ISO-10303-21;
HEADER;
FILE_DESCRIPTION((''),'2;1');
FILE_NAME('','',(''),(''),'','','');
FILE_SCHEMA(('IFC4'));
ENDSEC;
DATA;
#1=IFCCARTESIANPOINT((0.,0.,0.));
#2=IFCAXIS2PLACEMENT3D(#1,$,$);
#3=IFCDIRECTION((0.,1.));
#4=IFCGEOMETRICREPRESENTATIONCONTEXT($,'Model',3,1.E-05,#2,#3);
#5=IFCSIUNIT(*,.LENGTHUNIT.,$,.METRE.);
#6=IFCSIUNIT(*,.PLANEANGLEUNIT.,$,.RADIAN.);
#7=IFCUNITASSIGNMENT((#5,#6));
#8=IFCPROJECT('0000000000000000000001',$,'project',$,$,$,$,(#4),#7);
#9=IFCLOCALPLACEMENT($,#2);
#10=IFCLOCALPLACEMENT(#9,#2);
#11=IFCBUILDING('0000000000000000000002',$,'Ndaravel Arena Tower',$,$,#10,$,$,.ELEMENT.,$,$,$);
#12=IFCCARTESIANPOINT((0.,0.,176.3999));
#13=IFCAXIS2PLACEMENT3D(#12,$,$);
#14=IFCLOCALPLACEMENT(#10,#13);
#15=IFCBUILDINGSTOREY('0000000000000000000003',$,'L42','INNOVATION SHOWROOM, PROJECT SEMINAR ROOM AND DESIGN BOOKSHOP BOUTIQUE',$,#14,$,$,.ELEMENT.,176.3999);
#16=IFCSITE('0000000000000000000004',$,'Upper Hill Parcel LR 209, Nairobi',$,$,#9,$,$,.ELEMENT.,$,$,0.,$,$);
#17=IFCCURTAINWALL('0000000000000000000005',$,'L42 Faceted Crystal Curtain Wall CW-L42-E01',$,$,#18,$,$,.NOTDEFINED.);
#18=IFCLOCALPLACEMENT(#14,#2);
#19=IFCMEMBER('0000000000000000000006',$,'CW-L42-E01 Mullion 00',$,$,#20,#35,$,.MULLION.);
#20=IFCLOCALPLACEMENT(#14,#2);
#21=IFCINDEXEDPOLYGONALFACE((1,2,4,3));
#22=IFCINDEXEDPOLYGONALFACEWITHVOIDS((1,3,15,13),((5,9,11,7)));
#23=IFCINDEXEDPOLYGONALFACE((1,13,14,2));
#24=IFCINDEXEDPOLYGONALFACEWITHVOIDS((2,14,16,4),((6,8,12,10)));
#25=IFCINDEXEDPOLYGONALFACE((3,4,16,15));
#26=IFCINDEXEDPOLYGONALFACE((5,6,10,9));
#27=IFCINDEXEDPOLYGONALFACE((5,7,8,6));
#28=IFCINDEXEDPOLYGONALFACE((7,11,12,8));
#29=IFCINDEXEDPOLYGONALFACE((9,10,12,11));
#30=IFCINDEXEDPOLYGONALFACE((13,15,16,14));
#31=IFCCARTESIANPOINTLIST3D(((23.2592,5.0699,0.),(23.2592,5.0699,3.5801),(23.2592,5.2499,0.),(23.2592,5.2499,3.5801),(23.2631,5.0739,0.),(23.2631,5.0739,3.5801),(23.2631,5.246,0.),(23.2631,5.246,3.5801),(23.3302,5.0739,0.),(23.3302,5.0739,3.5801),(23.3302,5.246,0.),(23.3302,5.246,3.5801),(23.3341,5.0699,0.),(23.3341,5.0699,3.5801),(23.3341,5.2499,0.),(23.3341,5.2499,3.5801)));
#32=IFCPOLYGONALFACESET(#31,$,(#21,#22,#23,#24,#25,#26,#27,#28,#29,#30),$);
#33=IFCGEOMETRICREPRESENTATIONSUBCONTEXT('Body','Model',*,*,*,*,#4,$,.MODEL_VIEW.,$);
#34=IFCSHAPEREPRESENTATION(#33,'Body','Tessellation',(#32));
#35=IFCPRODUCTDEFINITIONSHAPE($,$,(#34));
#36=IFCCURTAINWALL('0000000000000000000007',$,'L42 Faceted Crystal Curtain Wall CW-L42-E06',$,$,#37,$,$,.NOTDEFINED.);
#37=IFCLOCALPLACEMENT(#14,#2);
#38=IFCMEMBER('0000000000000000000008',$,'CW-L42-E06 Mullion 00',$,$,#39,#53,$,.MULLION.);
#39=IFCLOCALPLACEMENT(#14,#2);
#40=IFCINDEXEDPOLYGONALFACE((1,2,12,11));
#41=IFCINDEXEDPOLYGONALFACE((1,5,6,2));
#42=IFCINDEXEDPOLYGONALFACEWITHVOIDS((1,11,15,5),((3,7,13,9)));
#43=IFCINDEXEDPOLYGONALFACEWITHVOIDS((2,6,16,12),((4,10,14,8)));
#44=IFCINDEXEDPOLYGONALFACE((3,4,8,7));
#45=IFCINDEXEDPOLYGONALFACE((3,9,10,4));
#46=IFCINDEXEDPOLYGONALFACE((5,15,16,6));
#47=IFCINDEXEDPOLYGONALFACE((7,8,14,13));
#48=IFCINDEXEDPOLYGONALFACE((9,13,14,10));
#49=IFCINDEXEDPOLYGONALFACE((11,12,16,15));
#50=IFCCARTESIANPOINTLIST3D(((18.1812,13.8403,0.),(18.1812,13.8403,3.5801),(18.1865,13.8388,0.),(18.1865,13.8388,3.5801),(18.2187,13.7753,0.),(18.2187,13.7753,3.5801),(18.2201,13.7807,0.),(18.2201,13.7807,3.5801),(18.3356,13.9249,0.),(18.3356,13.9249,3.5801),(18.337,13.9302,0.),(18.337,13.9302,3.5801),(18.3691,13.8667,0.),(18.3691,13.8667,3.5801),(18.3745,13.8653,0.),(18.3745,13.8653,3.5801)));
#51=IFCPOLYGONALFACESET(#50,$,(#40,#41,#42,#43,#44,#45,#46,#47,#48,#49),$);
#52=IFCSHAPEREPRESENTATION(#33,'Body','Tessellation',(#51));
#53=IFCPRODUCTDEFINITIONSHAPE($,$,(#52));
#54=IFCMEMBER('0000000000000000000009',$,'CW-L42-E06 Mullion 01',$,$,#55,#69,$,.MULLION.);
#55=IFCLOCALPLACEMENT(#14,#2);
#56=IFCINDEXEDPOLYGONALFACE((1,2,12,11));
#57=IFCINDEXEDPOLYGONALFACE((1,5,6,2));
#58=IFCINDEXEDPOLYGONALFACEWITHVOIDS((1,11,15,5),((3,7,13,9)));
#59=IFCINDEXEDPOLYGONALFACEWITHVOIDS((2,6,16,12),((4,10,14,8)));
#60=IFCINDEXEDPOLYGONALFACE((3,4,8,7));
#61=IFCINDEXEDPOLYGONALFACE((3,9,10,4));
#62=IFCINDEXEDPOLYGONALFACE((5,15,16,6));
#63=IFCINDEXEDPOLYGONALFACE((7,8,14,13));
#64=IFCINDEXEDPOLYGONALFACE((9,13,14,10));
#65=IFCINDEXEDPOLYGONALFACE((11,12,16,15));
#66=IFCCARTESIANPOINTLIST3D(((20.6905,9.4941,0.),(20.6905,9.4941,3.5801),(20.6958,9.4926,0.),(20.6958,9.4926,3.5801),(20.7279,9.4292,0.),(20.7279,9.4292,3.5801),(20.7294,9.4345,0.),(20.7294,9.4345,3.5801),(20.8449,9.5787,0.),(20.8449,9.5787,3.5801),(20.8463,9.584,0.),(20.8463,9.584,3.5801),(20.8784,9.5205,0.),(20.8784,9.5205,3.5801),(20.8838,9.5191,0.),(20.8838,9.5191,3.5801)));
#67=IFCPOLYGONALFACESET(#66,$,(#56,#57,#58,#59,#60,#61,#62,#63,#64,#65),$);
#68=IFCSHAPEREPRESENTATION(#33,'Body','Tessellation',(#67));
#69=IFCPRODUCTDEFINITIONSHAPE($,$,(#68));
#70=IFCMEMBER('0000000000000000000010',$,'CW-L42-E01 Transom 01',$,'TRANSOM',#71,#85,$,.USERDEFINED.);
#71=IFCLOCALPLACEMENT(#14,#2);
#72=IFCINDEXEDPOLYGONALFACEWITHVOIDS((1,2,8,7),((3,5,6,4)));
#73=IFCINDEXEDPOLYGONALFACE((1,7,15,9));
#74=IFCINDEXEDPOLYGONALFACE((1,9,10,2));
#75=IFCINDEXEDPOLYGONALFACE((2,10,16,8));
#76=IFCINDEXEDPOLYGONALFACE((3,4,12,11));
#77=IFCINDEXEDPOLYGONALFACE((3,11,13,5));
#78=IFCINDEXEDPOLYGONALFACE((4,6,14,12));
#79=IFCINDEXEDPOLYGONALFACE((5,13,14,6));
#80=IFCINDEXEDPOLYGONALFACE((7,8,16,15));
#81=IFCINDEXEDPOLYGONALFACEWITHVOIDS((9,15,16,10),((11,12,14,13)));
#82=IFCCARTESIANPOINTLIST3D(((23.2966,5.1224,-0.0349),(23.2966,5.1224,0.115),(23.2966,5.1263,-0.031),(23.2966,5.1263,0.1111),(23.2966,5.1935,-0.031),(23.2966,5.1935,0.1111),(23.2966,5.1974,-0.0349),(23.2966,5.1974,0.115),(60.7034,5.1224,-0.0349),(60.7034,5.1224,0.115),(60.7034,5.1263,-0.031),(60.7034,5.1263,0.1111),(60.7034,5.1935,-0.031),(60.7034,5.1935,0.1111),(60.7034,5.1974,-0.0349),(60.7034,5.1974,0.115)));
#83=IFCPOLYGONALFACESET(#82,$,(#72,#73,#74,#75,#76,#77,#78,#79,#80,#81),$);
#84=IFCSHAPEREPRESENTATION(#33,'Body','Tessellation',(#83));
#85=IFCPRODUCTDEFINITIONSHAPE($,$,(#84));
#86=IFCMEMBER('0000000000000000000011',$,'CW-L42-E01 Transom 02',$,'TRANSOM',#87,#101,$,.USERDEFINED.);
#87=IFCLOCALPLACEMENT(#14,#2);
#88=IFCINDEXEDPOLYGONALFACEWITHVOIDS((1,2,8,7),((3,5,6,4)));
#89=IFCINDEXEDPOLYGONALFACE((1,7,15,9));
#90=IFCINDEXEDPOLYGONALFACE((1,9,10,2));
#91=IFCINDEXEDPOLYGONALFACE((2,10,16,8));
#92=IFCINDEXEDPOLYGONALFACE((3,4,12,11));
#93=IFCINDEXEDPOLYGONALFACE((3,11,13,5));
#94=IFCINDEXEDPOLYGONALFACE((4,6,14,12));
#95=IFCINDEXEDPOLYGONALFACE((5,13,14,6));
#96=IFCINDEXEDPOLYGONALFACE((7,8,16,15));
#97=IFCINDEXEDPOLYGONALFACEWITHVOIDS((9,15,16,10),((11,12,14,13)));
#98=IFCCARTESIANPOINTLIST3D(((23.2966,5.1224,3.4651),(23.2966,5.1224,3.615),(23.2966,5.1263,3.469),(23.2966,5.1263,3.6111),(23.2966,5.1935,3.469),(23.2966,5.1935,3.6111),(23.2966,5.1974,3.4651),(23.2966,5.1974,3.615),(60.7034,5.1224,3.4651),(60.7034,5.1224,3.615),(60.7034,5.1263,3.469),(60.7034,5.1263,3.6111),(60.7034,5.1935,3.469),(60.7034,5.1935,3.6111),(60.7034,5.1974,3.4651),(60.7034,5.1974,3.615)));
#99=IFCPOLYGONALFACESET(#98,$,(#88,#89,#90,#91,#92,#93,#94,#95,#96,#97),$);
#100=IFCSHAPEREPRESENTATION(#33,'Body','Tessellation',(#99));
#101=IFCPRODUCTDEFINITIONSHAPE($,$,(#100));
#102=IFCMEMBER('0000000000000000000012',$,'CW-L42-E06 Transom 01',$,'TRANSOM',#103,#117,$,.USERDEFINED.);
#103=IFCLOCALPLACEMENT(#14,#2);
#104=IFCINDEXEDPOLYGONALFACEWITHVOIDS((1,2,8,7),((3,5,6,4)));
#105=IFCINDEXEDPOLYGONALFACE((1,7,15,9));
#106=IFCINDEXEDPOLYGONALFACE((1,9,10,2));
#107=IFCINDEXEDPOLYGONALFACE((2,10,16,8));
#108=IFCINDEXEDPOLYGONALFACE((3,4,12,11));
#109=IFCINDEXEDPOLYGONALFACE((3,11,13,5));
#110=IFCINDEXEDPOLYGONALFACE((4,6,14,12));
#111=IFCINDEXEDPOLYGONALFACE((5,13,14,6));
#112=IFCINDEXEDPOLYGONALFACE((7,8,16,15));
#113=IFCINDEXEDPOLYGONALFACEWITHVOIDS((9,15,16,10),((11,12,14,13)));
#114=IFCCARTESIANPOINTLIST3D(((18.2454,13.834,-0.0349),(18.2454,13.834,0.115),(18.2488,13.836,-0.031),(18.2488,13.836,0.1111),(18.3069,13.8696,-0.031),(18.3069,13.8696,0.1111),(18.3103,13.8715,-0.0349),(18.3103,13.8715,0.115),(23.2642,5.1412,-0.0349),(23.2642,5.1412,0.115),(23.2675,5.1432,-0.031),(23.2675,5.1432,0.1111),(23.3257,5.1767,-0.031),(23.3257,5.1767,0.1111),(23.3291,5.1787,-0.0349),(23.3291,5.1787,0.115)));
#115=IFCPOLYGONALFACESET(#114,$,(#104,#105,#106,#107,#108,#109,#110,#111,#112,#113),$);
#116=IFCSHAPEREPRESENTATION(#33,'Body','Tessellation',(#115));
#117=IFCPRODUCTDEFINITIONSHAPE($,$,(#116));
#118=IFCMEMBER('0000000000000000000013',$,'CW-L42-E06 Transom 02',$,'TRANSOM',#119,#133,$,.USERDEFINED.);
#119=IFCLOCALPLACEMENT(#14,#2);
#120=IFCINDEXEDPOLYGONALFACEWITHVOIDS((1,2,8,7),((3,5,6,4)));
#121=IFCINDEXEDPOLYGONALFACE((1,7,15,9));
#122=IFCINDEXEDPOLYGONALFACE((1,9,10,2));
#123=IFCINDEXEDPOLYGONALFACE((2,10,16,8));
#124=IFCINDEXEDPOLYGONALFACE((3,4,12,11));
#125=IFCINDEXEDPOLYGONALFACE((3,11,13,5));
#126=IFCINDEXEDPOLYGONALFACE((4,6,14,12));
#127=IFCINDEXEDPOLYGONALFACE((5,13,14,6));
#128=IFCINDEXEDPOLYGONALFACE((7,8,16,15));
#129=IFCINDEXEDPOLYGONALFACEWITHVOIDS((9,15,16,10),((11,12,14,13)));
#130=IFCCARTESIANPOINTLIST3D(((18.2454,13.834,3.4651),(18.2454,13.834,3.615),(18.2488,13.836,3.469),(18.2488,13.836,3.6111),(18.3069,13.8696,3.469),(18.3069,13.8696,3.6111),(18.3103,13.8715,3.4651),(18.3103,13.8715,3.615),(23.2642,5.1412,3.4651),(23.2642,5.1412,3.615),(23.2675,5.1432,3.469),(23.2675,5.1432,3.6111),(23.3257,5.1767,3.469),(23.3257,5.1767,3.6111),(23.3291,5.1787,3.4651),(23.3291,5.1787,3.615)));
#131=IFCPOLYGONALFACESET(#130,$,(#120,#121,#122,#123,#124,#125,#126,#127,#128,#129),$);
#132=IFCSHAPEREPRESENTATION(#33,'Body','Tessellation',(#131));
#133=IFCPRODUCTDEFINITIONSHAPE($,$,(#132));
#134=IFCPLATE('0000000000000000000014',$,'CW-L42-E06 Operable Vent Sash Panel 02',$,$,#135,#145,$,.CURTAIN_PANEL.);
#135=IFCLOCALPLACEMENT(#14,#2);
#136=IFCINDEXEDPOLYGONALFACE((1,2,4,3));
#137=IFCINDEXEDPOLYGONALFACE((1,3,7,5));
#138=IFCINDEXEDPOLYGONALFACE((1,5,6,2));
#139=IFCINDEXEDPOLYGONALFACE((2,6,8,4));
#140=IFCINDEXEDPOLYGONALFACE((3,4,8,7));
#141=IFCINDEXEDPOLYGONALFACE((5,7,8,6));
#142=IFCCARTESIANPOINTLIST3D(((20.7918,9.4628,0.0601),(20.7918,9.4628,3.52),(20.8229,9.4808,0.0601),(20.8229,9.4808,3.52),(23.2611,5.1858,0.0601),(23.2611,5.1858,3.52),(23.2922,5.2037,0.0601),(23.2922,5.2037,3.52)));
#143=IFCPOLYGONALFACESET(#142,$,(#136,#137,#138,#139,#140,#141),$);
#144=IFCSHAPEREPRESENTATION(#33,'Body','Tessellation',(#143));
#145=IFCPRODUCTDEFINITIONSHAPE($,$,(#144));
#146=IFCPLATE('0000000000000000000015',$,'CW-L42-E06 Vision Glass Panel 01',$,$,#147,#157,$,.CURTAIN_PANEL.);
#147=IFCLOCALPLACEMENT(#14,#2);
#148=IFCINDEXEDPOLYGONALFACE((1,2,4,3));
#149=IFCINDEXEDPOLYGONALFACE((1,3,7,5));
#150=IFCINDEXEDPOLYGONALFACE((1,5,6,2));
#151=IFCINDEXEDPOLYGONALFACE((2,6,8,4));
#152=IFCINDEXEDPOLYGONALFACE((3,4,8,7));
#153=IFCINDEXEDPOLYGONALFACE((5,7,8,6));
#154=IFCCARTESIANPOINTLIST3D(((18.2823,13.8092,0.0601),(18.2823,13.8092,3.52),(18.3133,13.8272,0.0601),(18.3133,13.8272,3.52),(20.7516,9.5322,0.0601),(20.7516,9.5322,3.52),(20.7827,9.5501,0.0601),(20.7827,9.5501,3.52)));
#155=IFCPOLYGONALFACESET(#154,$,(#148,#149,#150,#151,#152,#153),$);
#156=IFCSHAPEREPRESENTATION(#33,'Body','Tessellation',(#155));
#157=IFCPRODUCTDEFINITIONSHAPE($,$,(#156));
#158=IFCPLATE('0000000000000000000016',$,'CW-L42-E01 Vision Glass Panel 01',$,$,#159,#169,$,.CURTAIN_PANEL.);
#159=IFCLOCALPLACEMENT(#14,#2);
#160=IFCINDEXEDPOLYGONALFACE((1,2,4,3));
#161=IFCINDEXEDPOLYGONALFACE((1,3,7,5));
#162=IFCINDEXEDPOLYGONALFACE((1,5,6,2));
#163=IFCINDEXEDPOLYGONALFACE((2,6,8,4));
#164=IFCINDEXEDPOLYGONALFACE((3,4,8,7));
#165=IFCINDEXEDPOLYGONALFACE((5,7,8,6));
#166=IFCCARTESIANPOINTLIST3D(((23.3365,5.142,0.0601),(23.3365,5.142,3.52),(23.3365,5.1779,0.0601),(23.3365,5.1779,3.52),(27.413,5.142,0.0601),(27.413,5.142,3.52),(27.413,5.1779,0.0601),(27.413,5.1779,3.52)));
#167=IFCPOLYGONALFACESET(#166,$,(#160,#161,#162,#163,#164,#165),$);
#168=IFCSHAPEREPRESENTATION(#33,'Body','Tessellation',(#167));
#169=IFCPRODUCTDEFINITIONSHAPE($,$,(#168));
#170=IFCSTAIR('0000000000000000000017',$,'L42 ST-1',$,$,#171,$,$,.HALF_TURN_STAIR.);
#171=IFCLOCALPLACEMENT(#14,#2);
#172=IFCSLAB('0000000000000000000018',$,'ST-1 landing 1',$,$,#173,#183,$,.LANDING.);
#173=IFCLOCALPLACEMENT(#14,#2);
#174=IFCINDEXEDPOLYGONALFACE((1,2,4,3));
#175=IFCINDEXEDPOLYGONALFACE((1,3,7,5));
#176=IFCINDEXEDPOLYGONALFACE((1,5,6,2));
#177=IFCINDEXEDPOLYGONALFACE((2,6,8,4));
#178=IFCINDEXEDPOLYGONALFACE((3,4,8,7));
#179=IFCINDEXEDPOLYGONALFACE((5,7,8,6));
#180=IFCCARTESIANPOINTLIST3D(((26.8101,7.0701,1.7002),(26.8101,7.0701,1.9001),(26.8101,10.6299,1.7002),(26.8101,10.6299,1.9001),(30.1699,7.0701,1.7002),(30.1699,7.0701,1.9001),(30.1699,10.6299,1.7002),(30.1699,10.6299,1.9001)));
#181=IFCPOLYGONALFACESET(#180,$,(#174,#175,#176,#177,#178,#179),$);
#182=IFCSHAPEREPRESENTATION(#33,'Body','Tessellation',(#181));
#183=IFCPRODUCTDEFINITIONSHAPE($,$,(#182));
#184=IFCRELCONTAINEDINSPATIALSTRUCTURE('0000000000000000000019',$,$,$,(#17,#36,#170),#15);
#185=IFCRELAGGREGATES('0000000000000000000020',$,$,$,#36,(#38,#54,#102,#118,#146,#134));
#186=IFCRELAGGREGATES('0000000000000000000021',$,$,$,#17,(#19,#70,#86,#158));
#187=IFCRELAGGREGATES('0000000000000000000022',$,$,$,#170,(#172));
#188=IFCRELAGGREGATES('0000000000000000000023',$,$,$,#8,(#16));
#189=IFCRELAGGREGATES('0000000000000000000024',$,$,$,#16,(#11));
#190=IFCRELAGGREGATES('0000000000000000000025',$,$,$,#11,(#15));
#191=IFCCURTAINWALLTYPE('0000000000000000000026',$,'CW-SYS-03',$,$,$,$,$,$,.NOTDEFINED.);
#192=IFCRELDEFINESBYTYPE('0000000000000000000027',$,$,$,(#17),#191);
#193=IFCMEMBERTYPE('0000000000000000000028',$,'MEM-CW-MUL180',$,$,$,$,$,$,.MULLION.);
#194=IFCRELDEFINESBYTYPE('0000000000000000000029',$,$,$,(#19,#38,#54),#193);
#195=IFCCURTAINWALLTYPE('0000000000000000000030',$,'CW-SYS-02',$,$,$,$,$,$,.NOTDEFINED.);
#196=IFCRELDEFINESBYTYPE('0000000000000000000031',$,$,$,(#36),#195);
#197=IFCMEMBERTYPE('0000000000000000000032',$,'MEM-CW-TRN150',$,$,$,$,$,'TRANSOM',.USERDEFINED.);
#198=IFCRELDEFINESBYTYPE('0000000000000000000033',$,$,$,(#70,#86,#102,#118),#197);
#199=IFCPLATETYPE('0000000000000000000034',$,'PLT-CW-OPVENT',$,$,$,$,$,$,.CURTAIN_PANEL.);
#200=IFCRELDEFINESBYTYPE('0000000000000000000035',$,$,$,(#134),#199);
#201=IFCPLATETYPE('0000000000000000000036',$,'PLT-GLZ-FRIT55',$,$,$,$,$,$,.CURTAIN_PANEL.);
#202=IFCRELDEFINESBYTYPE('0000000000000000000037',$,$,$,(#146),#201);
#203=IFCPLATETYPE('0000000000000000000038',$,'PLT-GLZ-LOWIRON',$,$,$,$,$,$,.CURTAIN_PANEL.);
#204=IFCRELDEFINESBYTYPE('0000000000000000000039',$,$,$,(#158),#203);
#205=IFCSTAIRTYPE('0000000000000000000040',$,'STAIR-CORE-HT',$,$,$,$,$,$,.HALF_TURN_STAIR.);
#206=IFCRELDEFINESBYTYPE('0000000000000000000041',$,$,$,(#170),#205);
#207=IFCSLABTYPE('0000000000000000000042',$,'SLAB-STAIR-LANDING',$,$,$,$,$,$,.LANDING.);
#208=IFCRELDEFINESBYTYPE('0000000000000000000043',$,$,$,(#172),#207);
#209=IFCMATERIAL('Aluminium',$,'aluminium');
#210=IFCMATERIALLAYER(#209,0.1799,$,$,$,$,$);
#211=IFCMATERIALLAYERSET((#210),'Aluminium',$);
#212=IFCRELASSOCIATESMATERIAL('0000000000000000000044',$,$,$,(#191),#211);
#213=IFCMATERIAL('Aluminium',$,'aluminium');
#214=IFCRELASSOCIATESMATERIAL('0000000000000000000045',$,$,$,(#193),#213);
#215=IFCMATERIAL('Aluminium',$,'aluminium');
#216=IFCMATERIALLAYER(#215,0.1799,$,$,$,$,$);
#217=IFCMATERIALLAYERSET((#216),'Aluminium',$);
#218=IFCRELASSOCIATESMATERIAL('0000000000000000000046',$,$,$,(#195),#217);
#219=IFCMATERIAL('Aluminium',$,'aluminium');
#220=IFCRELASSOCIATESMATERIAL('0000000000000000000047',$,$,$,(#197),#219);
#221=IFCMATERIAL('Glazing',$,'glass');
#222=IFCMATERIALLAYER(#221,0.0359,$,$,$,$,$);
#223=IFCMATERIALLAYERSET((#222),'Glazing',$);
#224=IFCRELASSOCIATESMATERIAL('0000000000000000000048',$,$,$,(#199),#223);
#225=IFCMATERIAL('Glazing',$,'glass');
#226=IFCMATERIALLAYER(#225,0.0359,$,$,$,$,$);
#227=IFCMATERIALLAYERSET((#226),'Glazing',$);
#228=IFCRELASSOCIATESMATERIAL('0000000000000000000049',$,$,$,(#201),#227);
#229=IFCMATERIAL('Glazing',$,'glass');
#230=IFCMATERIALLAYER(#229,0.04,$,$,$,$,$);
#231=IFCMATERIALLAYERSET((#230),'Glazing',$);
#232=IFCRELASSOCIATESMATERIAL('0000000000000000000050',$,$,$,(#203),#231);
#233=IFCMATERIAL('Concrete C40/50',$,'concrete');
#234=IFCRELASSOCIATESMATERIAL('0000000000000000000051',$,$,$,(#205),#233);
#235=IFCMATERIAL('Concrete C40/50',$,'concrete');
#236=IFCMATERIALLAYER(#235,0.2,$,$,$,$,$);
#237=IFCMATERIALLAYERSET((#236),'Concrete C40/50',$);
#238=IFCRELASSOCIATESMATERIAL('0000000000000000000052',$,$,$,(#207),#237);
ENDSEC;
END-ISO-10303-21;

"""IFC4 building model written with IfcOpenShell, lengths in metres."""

from ifc_helpers import new_model, si_unit, direction, frame, origin, origin_2d, place, context, subcontext, project, spatial, polyline, rectangle, hollow_rectangle, outline, extrude, material, layer, layer_set, material_profile, profile_set, type_object, element, aggregate, save


model = new_model("IFC4")

# Units and contexts
model_context = context("Model", 3, precision=1e-05, world=origin(), true_north=direction((0.0, 1.0)))
body_context = subcontext(model_context, "Body", "Model", "MODEL_VIEW")
ifc_project = project(units=[si_unit("LENGTHUNIT", "METRE"), si_unit("PLANEANGLEUNIT", "RADIAN")], contexts=[model_context])

# Site, building, storey
site_placement = place(None, origin())
site = spatial("IfcSite", under=ifc_project, at=site_placement, Name="Upper Hill Parcel LR 209, Nairobi", CompositionType="ELEMENT", RefElevation=0.0)
building_placement = place(site_placement, origin())
building = spatial("IfcBuilding", under=site, at=building_placement, Name="Ndaravel Arena Tower", CompositionType="ELEMENT")
storey_placement = place(building_placement, frame((0.0, 0.0, 176.3999)))
storey = spatial("IfcBuildingStorey", under=building, at=storey_placement, Name="L42", Description="INNOVATION SHOWROOM, PROJECT SEMINAR ROOM AND DESIGN BOOKSHOP BOUTIQUE", CompositionType="ELEMENT", Elevation=176.3999)

# Curtain wall, member
ifc_material_1 = material(Name="Aluminium", Category="aluminium")
ifc_layer_1 = layer(ifc_material_1, 0.1799)
ifc_layer_set_1 = layer_set([ifc_layer_1], Name="Aluminium")
curtain_wall_type_1 = type_object("IfcCurtainWallType", Name="CW-SYS-03", PredefinedType="NOTDEFINED", material=ifc_layer_set_1)
curtain_wall_1_placement = place(storey_placement, origin())
curtain_wall_1 = element("IfcCurtainWall", 1, at=curtain_wall_1_placement, inside=storey, type_object=curtain_wall_type_1, Name="L42 Faceted Crystal Curtain Wall CW-L42-E01", PredefinedType="NOTDEFINED")
ifc_material_2 = material(Name="Aluminium", Category="aluminium")
ifc_material_profile_1 = material_profile(ifc_material_2, hollow_rectangle(XDim=0.075, YDim=0.1799, WallThickness=0.0039, at=origin_2d()), Name="CW MULLION 75x180x4")
ifc_profile_set_1 = profile_set([ifc_material_profile_1], Name="Aluminium")
member_type_1 = type_object("IfcMemberType", Name="MEM-CW-MUL180", PredefinedType="MULLION", material=ifc_profile_set_1)
member_1_placement = place(storey_placement, frame((23.2966, 5.1599, 0.0), z_axis=(0.0, 0.0, 1.0), x_axis=(1.0, 0.0, 0.0)))
member_1 = element("IfcMember", 2, at=member_1_placement, type_object=member_type_1, Name="CW-L42-E01 Mullion 00", PredefinedType="MULLION", context=body_context, shape_type="SweptSolid", body=[
    extrude(hollow_rectangle(XDim=0.075, YDim=0.1799, WallThickness=0.0039, at=origin_2d()), origin(), (0.0, 0.0, 1.0), 3.5801),
])

# Curtain wall, members
ifc_material_3 = material(Name="Aluminium", Category="aluminium")
ifc_layer_2 = layer(ifc_material_3, 0.1799)
ifc_layer_set_2 = layer_set([ifc_layer_2], Name="Aluminium")
curtain_wall_type_2 = type_object("IfcCurtainWallType", Name="CW-SYS-02", PredefinedType="NOTDEFINED", material=ifc_layer_set_2)
curtain_wall_2_placement = place(storey_placement, origin())
curtain_wall_2 = element("IfcCurtainWall", 3, at=curtain_wall_2_placement, inside=storey, type_object=curtain_wall_type_2, Name="L42 Faceted Crystal Curtain Wall CW-L42-E06", PredefinedType="NOTDEFINED")
member_2_placement = place(storey_placement, frame((18.2778, 13.8528, 0.0), z_axis=(0.0, 0.0, 1.0), x_axis=(0.5, -0.866025, 0.0)))
member_2 = element("IfcMember", 4, at=member_2_placement, type_object=member_type_1, Name="CW-L42-E06 Mullion 00", PredefinedType="MULLION", context=body_context, shape_type="SweptSolid", body=[
    extrude(hollow_rectangle(XDim=0.075, YDim=0.1799, WallThickness=0.0039, at=origin_2d()), origin(), (0.0, 0.0, 1.0), 3.5801),
])
member_3_placement = place(storey_placement, frame((20.7871, 9.5066, 0.0), z_axis=(0.0, 0.0, 1.0), x_axis=(0.5, -0.866025, 0.0)))
member_3 = element("IfcMember", 5, at=member_3_placement, type_object=member_type_1, Name="CW-L42-E06 Mullion 01", PredefinedType="MULLION", context=body_context, shape_type="SweptSolid", body=[
    extrude(hollow_rectangle(XDim=0.075, YDim=0.1799, WallThickness=0.0039, at=origin_2d()), origin(), (0.0, 0.0, 1.0), 3.5801),
])

# Members
ifc_material_4 = material(Name="Aluminium", Category="aluminium")
ifc_material_profile_2 = material_profile(ifc_material_4, hollow_rectangle(XDim=0.075, YDim=0.1499, WallThickness=0.0039, at=origin_2d()), Name="CW TRANSOM 75x150x4")
ifc_profile_set_2 = profile_set([ifc_material_profile_2], Name="Aluminium")
member_type_2 = type_object("IfcMemberType", Name="MEM-CW-TRN150", ElementType="TRANSOM", PredefinedType="USERDEFINED", material=ifc_profile_set_2)
member_4_placement = place(storey_placement, frame((23.2966, 5.1599, 0.04), z_axis=(1.0, 0.0, 0.0), x_axis=(0.0, 1.0, 0.0)))
member_4 = element("IfcMember", 6, at=member_4_placement, type_object=member_type_2, Name="CW-L42-E01 Transom 01", ObjectType="TRANSOM", PredefinedType="USERDEFINED", context=body_context, shape_type="SweptSolid", body=[
    extrude(hollow_rectangle(XDim=0.075, YDim=0.1499, WallThickness=0.0039, at=origin_2d()), origin(), (0.0, 0.0, 1.0), 37.4067),
])
member_5_placement = place(storey_placement, frame((23.2966, 5.1599, 3.54), z_axis=(1.0, 0.0, 0.0), x_axis=(0.0, 1.0, 0.0)))
member_5 = element("IfcMember", 7, at=member_5_placement, type_object=member_type_2, Name="CW-L42-E01 Transom 02", ObjectType="TRANSOM", PredefinedType="USERDEFINED", context=body_context, shape_type="SweptSolid", body=[
    extrude(hollow_rectangle(XDim=0.075, YDim=0.1499, WallThickness=0.0039, at=origin_2d()), origin(), (0.0, 0.0, 1.0), 37.4067),
])
member_6_placement = place(storey_placement, frame((18.2778, 13.8528, 0.04), z_axis=(0.499998, -0.866027, 0.0), x_axis=(0.866027, 0.499998, 0.0)))
member_6 = element("IfcMember", 8, at=member_6_placement, type_object=member_type_2, Name="CW-L42-E06 Transom 01", ObjectType="TRANSOM", PredefinedType="USERDEFINED", context=body_context, shape_type="SweptSolid", body=[
    extrude(hollow_rectangle(XDim=0.075, YDim=0.1499, WallThickness=0.0039, at=origin_2d()), origin(), (0.0, 0.0, 1.0), 10.0376),
])
member_7_placement = place(storey_placement, frame((18.2778, 13.8528, 3.54), z_axis=(0.499998, -0.866027, 0.0), x_axis=(0.866027, 0.499998, 0.0)))
member_7 = element("IfcMember", 9, at=member_7_placement, type_object=member_type_2, Name="CW-L42-E06 Transom 02", ObjectType="TRANSOM", PredefinedType="USERDEFINED", context=body_context, shape_type="SweptSolid", body=[
    extrude(hollow_rectangle(XDim=0.075, YDim=0.1499, WallThickness=0.0039, at=origin_2d()), origin(), (0.0, 0.0, 1.0), 10.0376),
])

# Plates
ifc_material_5 = material(Name="Glazing", Category="glass")
ifc_layer_3 = layer(ifc_material_5, 0.0359)
ifc_layer_set_3 = layer_set([ifc_layer_3], Name="Glazing")
plate_type_1 = type_object("IfcPlateType", Name="PLT-CW-OPVENT", PredefinedType="CURTAIN_PANEL", material=ifc_layer_set_3)
plate_1_placement = place(storey_placement, frame((22.042, 7.3333, 0.0601), z_axis=(0.0, 0.0, 1.0), x_axis=(0.5, -0.866025, 0.0)))
plate_1 = element("IfcPlate", 10, at=plate_1_placement, type_object=plate_type_1, Name="CW-L42-E06 Operable Vent Sash Panel 02", PredefinedType="CURTAIN_PANEL", context=body_context, shape_type="SweptSolid", body=[
    extrude(rectangle(XDim=4.9387, YDim=0.0359, at=origin_2d()), origin(), (0.0, 0.0, 1.0), 3.46),
])
ifc_material_6 = material(Name="Glazing", Category="glass")
ifc_layer_4 = layer(ifc_material_6, 0.0359)
ifc_layer_set_4 = layer_set([ifc_layer_4], Name="Glazing")
plate_type_2 = type_object("IfcPlateType", Name="PLT-GLZ-FRIT55", PredefinedType="CURTAIN_PANEL", material=ifc_layer_set_4)
plate_2_placement = place(storey_placement, frame((19.5325, 11.6797, 0.0601), z_axis=(0.0, 0.0, 1.0), x_axis=(0.5, -0.866025, 0.0)))
plate_2 = element("IfcPlate", 11, at=plate_2_placement, type_object=plate_type_2, Name="CW-L42-E06 Vision Glass Panel 01", PredefinedType="CURTAIN_PANEL", context=body_context, shape_type="SweptSolid", body=[
    extrude(rectangle(XDim=4.9387, YDim=0.0359, at=origin_2d()), origin(), (0.0, 0.0, 1.0), 3.46),
])
aggregate(curtain_wall_2, [member_2, member_3, member_6, member_7, plate_2, plate_1])
ifc_material_7 = material(Name="Glazing", Category="glass")
ifc_layer_5 = layer(ifc_material_7, 0.04)
ifc_layer_set_5 = layer_set([ifc_layer_5], Name="Glazing")
plate_type_3 = type_object("IfcPlateType", Name="PLT-GLZ-LOWIRON", PredefinedType="CURTAIN_PANEL", material=ifc_layer_set_5)
plate_3_placement = place(storey_placement, frame((25.3748, 5.1599, 0.0601), z_axis=(0.0, 0.0, 1.0), x_axis=(1.0, 0.0, 0.0)))
plate_3 = element("IfcPlate", 12, at=plate_3_placement, type_object=plate_type_3, Name="CW-L42-E01 Vision Glass Panel 01", PredefinedType="CURTAIN_PANEL", context=body_context, shape_type="SweptSolid", body=[
    extrude(rectangle(XDim=4.0764, YDim=0.0359, at=origin_2d()), origin(), (0.0, 0.0, 1.0), 3.46),
])
aggregate(curtain_wall_1, [member_1, member_4, member_5, plate_3])

# Stair, slab
ifc_material_8 = material(Name="Concrete C40/50", Category="concrete")
stair_type = type_object("IfcStairType", Name="STAIR-CORE-HT", PredefinedType="HALF_TURN_STAIR", material=ifc_material_8)
stair_1_placement = place(storey_placement, origin())
stair_1 = element("IfcStair", 13, at=stair_1_placement, inside=storey, type_object=stair_type, Name="L42 ST-1", PredefinedType="HALF_TURN_STAIR")
ifc_material_9 = material(Name="Concrete C40/50", Category="concrete")
ifc_layer_6 = layer(ifc_material_9, 0.2)
ifc_layer_set_6 = layer_set([ifc_layer_6], Name="Concrete C40/50")
slab_type_1 = type_object("IfcSlabType", Name="SLAB-STAIR-LANDING", PredefinedType="LANDING", material=ifc_layer_set_6)
slab_1_placement = place(storey_placement, frame((0.0, 0.0, 1.7002)))
slab_1 = element("IfcSlab", 14, at=slab_1_placement, type_object=slab_type_1, Name="ST-1 landing 1", PredefinedType="LANDING", context=body_context, shape_type="SweptSolid", body=[
    extrude(outline(polyline([(26.8101, 10.6299), (26.8101, 7.0701), (30.1699, 7.0701), (30.1699, 10.6299), (26.8101, 10.6299)])), origin(), (0.0, 0.0, 1.0), 0.2),
])
aggregate(stair_1, [slab_1])

save(model, "model.ifc")
